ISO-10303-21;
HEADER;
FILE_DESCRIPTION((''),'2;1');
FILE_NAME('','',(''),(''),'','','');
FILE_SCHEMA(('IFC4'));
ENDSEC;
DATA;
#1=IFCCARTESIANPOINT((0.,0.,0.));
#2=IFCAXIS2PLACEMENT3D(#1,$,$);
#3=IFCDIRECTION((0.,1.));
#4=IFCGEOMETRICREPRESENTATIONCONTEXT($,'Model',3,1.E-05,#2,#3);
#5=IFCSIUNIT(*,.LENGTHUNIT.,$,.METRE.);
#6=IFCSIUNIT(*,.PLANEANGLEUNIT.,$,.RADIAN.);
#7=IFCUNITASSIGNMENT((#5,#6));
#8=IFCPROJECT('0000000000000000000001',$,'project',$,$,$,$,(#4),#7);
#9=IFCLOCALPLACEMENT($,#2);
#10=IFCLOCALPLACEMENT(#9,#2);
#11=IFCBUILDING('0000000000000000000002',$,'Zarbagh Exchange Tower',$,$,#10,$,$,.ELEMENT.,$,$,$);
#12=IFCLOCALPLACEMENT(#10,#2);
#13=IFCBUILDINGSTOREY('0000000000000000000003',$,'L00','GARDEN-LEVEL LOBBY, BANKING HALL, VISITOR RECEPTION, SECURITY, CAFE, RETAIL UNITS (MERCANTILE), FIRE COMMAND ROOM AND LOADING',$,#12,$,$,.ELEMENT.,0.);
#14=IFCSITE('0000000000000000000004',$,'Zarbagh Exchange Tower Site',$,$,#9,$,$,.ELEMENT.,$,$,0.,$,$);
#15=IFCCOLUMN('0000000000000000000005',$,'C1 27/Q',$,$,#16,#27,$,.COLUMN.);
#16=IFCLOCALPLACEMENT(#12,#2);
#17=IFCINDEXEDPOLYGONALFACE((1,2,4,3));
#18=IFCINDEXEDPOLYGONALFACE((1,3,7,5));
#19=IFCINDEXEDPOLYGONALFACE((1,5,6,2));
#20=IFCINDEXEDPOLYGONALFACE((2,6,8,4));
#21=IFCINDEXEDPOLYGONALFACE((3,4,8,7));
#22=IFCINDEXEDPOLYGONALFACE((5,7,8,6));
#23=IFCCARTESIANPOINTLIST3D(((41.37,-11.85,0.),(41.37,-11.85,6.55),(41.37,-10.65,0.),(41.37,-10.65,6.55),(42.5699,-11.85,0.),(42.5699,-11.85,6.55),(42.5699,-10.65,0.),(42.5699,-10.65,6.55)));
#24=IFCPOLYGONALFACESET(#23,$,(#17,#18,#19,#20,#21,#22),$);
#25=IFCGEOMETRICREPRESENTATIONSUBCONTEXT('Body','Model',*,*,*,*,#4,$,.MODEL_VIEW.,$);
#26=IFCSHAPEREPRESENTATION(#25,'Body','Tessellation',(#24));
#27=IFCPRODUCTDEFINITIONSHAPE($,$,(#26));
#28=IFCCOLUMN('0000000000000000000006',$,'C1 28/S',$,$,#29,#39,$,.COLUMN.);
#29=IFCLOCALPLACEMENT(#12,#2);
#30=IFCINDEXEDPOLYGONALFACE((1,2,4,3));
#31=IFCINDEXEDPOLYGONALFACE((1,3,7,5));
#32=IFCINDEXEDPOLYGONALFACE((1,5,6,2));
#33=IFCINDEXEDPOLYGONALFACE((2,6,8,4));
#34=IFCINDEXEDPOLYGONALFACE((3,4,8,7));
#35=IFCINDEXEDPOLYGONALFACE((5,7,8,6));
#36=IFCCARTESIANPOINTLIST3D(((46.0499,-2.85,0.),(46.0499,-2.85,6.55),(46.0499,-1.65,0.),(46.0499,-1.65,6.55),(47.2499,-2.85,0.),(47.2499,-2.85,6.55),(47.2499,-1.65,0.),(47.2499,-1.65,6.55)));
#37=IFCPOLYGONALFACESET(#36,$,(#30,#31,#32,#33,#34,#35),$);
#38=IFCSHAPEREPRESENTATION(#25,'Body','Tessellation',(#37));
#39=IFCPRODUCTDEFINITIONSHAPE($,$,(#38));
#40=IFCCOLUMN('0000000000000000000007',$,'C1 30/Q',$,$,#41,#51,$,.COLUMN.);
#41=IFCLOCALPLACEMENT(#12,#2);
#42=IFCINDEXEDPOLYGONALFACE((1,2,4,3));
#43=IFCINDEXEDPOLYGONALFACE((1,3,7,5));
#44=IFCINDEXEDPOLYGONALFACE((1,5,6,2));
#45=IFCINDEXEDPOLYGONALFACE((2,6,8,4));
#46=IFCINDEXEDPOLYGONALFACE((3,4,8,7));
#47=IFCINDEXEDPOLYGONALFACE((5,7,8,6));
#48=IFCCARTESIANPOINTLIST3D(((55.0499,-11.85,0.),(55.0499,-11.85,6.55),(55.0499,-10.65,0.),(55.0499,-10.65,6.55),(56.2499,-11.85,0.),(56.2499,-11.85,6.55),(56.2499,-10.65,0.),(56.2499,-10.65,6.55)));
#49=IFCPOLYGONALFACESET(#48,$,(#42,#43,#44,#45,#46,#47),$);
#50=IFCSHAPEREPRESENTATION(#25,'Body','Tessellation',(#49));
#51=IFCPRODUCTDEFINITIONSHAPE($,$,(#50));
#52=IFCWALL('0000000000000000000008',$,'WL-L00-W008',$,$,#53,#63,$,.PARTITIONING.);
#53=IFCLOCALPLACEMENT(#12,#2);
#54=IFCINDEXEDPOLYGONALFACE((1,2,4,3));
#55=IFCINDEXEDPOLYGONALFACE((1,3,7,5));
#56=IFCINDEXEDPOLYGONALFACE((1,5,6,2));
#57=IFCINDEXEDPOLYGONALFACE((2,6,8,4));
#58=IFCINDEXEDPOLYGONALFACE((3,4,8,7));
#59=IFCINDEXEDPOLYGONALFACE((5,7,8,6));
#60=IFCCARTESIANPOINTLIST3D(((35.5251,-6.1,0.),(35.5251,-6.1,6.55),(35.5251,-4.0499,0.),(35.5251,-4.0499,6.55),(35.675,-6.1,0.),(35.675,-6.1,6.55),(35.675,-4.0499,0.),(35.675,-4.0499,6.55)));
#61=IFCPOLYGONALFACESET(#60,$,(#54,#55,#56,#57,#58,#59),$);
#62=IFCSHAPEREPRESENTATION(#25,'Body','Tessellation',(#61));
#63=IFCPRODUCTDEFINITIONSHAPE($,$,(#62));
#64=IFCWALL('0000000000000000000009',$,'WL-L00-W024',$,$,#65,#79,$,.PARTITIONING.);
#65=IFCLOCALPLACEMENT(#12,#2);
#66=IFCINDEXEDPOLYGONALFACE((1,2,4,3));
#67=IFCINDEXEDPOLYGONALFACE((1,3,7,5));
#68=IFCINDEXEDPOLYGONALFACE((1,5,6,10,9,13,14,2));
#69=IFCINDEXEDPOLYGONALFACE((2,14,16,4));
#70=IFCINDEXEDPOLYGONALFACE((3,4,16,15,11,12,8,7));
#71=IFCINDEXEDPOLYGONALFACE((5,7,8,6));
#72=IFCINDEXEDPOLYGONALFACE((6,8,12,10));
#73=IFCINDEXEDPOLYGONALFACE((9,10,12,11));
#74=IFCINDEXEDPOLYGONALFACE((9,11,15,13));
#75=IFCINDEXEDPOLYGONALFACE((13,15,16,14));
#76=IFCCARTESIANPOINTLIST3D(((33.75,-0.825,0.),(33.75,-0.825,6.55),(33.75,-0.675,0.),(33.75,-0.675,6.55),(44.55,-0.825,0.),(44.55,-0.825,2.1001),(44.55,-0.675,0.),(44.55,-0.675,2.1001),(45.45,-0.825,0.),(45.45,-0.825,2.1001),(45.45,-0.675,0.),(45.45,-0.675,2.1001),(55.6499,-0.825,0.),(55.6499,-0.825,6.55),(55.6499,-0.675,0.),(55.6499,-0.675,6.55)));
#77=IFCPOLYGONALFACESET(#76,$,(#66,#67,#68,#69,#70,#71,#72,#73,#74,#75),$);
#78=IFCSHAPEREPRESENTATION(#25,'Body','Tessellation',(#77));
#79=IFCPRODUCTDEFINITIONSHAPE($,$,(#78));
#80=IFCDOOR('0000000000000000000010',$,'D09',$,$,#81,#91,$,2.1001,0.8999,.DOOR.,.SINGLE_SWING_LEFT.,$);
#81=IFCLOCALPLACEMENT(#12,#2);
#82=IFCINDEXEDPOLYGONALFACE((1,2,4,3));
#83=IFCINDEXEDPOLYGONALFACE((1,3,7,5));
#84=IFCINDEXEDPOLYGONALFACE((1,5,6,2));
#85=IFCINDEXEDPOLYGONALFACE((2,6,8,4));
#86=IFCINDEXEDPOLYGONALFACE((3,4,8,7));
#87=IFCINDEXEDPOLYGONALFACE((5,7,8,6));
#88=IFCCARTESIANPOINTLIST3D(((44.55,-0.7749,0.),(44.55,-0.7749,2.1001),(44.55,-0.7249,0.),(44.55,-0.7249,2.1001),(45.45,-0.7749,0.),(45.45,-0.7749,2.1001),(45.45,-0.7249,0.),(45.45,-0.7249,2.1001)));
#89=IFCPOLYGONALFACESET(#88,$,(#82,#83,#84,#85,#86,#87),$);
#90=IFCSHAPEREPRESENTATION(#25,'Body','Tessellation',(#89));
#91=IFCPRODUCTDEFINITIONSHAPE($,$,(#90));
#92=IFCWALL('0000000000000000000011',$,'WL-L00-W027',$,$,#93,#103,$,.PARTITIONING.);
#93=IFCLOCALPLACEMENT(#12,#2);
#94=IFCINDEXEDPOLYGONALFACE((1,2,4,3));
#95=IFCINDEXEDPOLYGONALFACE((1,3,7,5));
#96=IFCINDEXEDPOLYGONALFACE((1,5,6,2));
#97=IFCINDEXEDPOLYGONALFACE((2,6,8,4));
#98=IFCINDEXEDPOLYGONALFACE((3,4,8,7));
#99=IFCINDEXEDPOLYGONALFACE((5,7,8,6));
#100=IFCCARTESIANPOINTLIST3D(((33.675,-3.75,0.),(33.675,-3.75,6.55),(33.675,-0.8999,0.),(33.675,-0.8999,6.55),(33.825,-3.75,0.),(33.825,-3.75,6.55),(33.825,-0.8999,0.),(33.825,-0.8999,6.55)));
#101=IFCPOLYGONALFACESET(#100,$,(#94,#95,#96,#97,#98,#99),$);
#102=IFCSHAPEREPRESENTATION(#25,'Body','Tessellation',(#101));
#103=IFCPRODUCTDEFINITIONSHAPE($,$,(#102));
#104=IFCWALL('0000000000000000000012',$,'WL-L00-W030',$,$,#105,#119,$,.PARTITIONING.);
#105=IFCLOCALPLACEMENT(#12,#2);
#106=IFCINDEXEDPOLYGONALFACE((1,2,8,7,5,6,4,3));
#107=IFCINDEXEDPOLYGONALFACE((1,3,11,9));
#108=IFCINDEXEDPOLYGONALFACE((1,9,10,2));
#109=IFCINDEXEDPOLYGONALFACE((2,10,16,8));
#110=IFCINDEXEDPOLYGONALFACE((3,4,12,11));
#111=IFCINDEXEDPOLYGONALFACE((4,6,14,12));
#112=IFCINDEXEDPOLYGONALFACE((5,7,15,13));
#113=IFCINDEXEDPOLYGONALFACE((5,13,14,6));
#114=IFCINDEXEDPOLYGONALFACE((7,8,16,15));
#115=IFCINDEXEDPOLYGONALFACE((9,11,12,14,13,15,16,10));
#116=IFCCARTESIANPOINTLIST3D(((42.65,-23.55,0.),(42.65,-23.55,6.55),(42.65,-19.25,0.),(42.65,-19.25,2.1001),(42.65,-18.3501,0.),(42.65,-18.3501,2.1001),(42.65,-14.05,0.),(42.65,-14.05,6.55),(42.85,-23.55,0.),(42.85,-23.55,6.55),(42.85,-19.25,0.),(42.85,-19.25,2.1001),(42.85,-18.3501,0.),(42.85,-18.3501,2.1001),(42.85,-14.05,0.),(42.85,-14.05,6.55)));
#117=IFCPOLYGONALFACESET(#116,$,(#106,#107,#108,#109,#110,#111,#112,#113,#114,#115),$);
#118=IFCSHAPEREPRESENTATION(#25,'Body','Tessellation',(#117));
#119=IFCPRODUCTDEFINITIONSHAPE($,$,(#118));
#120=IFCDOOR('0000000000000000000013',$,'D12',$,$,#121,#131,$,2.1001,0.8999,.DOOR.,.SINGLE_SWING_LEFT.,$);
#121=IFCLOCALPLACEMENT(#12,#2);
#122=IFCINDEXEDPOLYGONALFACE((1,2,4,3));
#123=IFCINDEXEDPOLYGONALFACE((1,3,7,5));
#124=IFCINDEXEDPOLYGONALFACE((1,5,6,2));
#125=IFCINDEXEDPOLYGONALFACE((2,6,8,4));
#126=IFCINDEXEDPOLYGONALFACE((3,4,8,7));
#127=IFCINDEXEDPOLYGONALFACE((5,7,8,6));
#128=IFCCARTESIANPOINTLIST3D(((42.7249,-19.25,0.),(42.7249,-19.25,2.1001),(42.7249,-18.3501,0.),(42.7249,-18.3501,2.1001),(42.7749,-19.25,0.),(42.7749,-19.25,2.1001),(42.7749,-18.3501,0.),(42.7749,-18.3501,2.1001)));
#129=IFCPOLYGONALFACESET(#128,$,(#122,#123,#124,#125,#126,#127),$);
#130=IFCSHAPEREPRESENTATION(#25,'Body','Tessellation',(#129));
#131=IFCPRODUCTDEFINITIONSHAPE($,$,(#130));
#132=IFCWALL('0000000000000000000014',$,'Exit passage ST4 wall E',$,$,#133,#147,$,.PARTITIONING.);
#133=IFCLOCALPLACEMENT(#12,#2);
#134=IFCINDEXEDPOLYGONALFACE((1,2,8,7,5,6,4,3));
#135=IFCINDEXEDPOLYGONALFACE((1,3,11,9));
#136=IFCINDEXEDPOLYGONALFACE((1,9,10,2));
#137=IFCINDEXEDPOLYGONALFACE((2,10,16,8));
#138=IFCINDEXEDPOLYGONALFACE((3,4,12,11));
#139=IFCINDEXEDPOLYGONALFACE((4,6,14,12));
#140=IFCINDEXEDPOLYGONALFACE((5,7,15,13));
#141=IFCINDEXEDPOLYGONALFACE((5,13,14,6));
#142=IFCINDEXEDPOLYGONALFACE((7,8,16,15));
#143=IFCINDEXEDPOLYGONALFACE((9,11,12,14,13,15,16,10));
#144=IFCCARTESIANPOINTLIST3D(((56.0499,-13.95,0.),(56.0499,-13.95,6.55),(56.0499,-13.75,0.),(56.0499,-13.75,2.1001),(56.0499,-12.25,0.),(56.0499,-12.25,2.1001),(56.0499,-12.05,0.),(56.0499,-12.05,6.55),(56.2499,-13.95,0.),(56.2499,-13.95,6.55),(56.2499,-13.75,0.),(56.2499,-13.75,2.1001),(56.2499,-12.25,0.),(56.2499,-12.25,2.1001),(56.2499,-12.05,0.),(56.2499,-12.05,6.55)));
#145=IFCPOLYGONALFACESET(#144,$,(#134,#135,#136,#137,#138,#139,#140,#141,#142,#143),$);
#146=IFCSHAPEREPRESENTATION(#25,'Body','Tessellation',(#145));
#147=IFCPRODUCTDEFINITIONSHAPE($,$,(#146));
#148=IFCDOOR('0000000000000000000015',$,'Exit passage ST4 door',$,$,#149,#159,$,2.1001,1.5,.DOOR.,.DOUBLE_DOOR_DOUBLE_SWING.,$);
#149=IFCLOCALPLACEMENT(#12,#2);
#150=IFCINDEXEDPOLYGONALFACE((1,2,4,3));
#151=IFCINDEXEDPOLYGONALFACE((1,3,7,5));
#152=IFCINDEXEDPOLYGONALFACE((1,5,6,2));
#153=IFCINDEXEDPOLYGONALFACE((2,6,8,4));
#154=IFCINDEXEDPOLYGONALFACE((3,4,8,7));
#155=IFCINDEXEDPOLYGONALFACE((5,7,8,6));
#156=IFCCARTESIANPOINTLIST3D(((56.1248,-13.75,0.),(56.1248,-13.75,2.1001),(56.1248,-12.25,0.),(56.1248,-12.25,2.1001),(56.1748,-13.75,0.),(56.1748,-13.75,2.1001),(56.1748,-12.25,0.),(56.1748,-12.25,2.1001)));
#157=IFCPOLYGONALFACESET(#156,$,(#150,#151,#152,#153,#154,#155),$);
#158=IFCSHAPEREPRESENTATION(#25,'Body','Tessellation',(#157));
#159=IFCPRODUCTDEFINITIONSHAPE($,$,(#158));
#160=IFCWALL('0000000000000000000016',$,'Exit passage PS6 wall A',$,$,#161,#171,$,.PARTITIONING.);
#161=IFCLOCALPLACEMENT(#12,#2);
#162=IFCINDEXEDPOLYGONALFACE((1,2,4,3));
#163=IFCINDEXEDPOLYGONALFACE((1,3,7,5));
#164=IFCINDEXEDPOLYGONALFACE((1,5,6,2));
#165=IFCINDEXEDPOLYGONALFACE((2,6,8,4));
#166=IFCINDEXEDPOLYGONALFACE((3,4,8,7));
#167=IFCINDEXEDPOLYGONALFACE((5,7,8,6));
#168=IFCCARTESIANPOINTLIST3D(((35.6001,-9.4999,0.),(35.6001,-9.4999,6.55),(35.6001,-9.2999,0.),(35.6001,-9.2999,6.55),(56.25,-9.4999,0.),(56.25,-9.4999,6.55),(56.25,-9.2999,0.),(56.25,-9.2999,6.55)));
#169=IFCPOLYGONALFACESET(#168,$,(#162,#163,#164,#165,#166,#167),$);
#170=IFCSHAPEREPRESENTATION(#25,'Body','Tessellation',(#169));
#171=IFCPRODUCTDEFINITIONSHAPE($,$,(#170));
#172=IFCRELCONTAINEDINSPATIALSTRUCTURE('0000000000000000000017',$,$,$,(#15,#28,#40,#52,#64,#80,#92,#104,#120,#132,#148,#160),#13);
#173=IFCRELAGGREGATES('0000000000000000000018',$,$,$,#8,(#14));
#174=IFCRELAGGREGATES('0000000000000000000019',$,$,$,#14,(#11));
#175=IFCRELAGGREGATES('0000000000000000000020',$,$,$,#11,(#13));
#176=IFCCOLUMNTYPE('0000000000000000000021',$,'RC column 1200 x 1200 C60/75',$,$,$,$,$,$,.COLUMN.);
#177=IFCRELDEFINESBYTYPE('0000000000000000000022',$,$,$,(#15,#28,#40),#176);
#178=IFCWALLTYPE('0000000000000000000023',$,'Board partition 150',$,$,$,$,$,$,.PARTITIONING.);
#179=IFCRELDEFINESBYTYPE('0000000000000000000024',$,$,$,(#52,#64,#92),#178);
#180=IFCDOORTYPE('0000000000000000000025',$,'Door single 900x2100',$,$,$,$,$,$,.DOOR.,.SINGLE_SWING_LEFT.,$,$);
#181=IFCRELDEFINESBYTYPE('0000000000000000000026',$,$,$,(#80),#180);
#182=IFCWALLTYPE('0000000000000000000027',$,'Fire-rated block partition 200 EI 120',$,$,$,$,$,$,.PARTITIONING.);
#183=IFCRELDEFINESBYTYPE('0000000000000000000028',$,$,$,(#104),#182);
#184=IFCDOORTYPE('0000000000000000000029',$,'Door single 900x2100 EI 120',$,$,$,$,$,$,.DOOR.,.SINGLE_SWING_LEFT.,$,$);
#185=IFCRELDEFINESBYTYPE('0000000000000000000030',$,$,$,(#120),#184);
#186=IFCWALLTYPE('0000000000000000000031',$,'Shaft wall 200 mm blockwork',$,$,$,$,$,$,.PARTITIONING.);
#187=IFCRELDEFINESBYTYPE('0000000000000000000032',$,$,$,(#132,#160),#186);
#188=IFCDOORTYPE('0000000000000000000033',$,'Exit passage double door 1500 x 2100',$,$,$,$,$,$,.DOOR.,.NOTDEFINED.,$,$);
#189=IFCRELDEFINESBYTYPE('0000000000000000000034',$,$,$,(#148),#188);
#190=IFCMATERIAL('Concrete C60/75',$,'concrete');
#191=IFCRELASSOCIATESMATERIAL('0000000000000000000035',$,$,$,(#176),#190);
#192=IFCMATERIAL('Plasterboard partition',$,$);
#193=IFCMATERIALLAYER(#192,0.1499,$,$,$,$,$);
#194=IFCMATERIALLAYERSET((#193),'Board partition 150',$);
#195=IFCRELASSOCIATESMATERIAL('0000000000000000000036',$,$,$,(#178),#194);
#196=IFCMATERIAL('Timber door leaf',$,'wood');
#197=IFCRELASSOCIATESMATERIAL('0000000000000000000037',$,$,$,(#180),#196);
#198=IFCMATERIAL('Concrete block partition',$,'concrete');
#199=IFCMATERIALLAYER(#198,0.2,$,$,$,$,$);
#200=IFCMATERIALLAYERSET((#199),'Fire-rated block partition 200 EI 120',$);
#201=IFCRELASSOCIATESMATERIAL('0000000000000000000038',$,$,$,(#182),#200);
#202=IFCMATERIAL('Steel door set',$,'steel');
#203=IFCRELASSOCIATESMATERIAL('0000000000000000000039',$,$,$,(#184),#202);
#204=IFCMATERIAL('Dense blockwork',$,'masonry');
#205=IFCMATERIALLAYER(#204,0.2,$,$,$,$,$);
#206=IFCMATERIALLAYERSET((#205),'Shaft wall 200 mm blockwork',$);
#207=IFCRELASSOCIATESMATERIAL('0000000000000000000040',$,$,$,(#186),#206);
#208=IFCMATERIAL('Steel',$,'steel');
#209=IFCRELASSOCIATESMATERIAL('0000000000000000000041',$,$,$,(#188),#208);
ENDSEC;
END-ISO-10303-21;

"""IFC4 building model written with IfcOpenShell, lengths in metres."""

from ifc_helpers import new_model, si_unit, direction, frame, frame_2d, origin, origin_2d, place, context, subcontext, project, spatial, rectangle, extrude, material, layer, layer_set, material_profile, profile_set, type_object, element, fill, save


model = new_model("IFC4")

# Units and contexts
model_context = context("Model", 3, precision=1e-05, world=origin(), true_north=direction((0.0, 1.0)))
body_context = subcontext(model_context, "Body", "Model", "MODEL_VIEW")
ifc_project = project(units=[si_unit("LENGTHUNIT", "METRE"), si_unit("PLANEANGLEUNIT", "RADIAN")], contexts=[model_context])

# Site, building, storey
site_placement = place(None, origin())
site = spatial("IfcSite", under=ifc_project, at=site_placement, Name="Zarbagh Exchange Tower Site", CompositionType="ELEMENT", RefElevation=0.0)
building_placement = place(site_placement, origin())
building = spatial("IfcBuilding", under=site, at=building_placement, Name="Zarbagh Exchange Tower", CompositionType="ELEMENT")
storey_placement = place(building_placement, origin())
storey = spatial("IfcBuildingStorey", under=building, at=storey_placement, Name="L00", Description="GARDEN-LEVEL LOBBY, BANKING HALL, VISITOR RECEPTION, SECURITY, CAFE, RETAIL UNITS (MERCANTILE), FIRE COMMAND ROOM AND LOADING", CompositionType="ELEMENT", Elevation=0.0)

# Columns
ifc_material_1 = material(Name="Concrete C60/75", Category="concrete")
ifc_material_profile = material_profile(ifc_material_1, rectangle(XDim=1.2, YDim=1.2, at=origin_2d()), Name="RC column 1200 x 1200 C60/75")
ifc_profile_set = profile_set([ifc_material_profile], Name="Concrete C60/75")
column_type = type_object("IfcColumnType", Name="RC column 1200 x 1200 C60/75", PredefinedType="COLUMN", material=ifc_profile_set)
for number, where, z_axis, x_axis, name in (
    (1, (41.97, -11.25, 0.0), (0.0, 0.0, 1.0), (1.0, 0.0, 0.0), "C1 27/Q"),
    (2, (46.6499, -2.25, 0.0), (0.0, 0.0, 1.0), (1.0, 0.0, 0.0), "C1 28/S"),
    (3, (55.6499, -11.25, 0.0), (0.0, 0.0, 1.0), (1.0, 0.0, 0.0), "C1 30/Q"),
):
    element("IfcColumn", number, at=place(storey_placement, frame(where, z_axis=z_axis, x_axis=x_axis)), inside=storey, type_object=column_type, Name=name, PredefinedType="COLUMN", context=body_context, shape_type="SweptSolid", body=[
        extrude(rectangle(XDim=1.2, YDim=1.2, at=origin_2d()), origin(), (0.0, 0.0, 1.0), 6.55),
    ])

# Wall
ifc_material_2 = material(Name="Plasterboard partition")
ifc_layer_1 = layer(ifc_material_2, 0.1499)
ifc_layer_set_1 = layer_set([ifc_layer_1], Name="Board partition 150")
wall_type_1 = type_object("IfcWallType", Name="Board partition 150", PredefinedType="PARTITIONING", material=ifc_layer_set_1)
wall_1_placement = place(storey_placement, frame((35.6001, -4.05, 0.0), z_axis=(0.0, 0.0, 1.0), x_axis=(0.0, -1.0, 0.0)))
element("IfcWall", 4, at=wall_1_placement, inside=storey, type_object=wall_type_1, Name="WL-L00-W008", PredefinedType="PARTITIONING", context=body_context, shape_type="SweptSolid", body=[
    extrude(rectangle(XDim=2.05, YDim=0.1499, at=frame_2d((1.0249, 0.0))), origin(), (0.0, 0.0, 1.0), 6.55),
])

# Wall, opening, door
wall_2_placement = place(storey_placement, frame((55.6499, -0.75, 0.0), z_axis=(0.0, 0.0, 1.0), x_axis=(-1.0, 0.0, 0.0)))
wall_2 = element("IfcWall", 5, at=wall_2_placement, inside=storey, type_object=wall_type_1, Name="WL-L00-W024", PredefinedType="PARTITIONING", context=body_context, shape_type="SweptSolid", body=[
    extrude(rectangle(XDim=21.8999, YDim=0.1499, at=frame_2d((10.95, 0.0))), origin(), (0.0, 0.0, 1.0), 6.55),
])
opening_1_placement = place(wall_2_placement, frame((10.2, 0.0, 0.0)))
opening_1 = element("IfcOpeningElement", 6, at=opening_1_placement, cuts=wall_2, PredefinedType="OPENING", context=body_context, shape_type="SweptSolid", body=[
    extrude(rectangle(XDim=0.8999, YDim=2.1001, at=frame_2d((0.45, 1.05))), frame((0.0, 0.085, 0.0), z_axis=(0.0, -1.0, 0.0), x_axis=(1.0, 0.0, 0.0)), (0.0, 0.0, 1.0), 0.1699),
])
ifc_material_3 = material(Name="Timber door leaf", Category="wood")
door_type_1 = type_object("IfcDoorType", Name="Door single 900x2100", OperationType="SINGLE_SWING_LEFT", PredefinedType="DOOR", material=ifc_material_3)
door_1_placement = place(opening_1_placement, origin())
door_1 = element("IfcDoor", 7, at=door_1_placement, inside=storey, type_object=door_type_1, Name="D09", OperationType="SINGLE_SWING_LEFT", OverallHeight=2.1001, OverallWidth=0.8999, PredefinedType="DOOR", context=body_context, shape_type="SweptSolid", body=[
    extrude(rectangle(XDim=0.8999, YDim=2.1001, at=frame_2d((0.45, 1.05))), frame((0.0, 0.0249, 0.0), z_axis=(0.0, -1.0, 0.0), x_axis=(1.0, 0.0, 0.0)), (0.0, 0.0, 1.0), 0.05),
])
fill(opening_1, door_1)

# Wall
wall_3_placement = place(storey_placement, frame((33.75, -3.75, 0.0), z_axis=(0.0, 0.0, 1.0), x_axis=(0.0, 1.0, 0.0)))
element("IfcWall", 8, at=wall_3_placement, inside=storey, type_object=wall_type_1, Name="WL-L00-W027", PredefinedType="PARTITIONING", context=body_context, shape_type="SweptSolid", body=[
    extrude(rectangle(XDim=2.8501, YDim=0.1499, at=frame_2d((1.425, 0.0))), origin(), (0.0, 0.0, 1.0), 6.55),
])

# Walls, openings, doors
ifc_material_4 = material(Name="Concrete block partition", Category="concrete")
ifc_layer_2 = layer(ifc_material_4, 0.2)
ifc_layer_set_2 = layer_set([ifc_layer_2], Name="Fire-rated block partition 200 EI 120")
wall_type_2 = type_object("IfcWallType", Name="Fire-rated block partition 200 EI 120", PredefinedType="PARTITIONING", material=ifc_layer_set_2)
wall_4_placement = place(storey_placement, frame((42.75, -14.05, 0.0), z_axis=(0.0, 0.0, 1.0), x_axis=(0.0, -1.0, 0.0)))
wall_4 = element("IfcWall", 9, at=wall_4_placement, inside=storey, type_object=wall_type_2, Name="WL-L00-W030", PredefinedType="PARTITIONING", context=body_context, shape_type="SweptSolid", body=[
    extrude(rectangle(XDim=9.5, YDim=0.2, at=frame_2d((4.75, 0.0))), origin(), (0.0, 0.0, 1.0), 6.55),
])
opening_2_placement = place(wall_4_placement, frame((4.3, 0.0, 0.0)))
opening_2 = element("IfcOpeningElement", 10, at=opening_2_placement, cuts=wall_4, PredefinedType="OPENING", context=body_context, shape_type="SweptSolid", body=[
    extrude(rectangle(XDim=0.8999, YDim=2.1001, at=frame_2d((0.45, 1.05))), frame((0.0, 0.1099, 0.0), z_axis=(0.0, -1.0, 0.0), x_axis=(1.0, 0.0, 0.0)), (0.0, 0.0, 1.0), 0.22),
])
ifc_material_5 = material(Name="Steel door set", Category="steel")
door_type_2 = type_object("IfcDoorType", Name="Door single 900x2100 EI 120", OperationType="SINGLE_SWING_LEFT", PredefinedType="DOOR", material=ifc_material_5)
door_2_placement = place(opening_2_placement, origin())
door_2 = element("IfcDoor", 11, at=door_2_placement, inside=storey, type_object=door_type_2, Name="D12", OperationType="SINGLE_SWING_LEFT", OverallHeight=2.1001, OverallWidth=0.8999, PredefinedType="DOOR", context=body_context, shape_type="SweptSolid", body=[
    extrude(rectangle(XDim=0.8999, YDim=2.1001, at=frame_2d((0.45, 1.05))), frame((0.0, 0.0249, 0.0), z_axis=(0.0, -1.0, 0.0), x_axis=(1.0, 0.0, 0.0)), (0.0, 0.0, 1.0), 0.05),
])
fill(opening_2, door_2)
ifc_material_6 = material(Name="Dense blockwork", Category="masonry")
ifc_layer_3 = layer(ifc_material_6, 0.2)
ifc_layer_set_3 = layer_set([ifc_layer_3], Name="Shaft wall 200 mm blockwork")
wall_type_3 = type_object("IfcWallType", Name="Shaft wall 200 mm blockwork", PredefinedType="PARTITIONING", material=ifc_layer_set_3)
wall_5_placement = place(storey_placement, frame((56.1499, -12.05, 0.0), z_axis=(0.0, 0.0, 1.0), x_axis=(0.0, -1.0, 0.0)))
wall_5 = element("IfcWall", 12, at=wall_5_placement, inside=storey, type_object=wall_type_3, Name="Exit passage ST4 wall E", PredefinedType="PARTITIONING", context=body_context, shape_type="SweptSolid", body=[
    extrude(rectangle(XDim=1.8999, YDim=0.2, at=frame_2d((0.95, 0.0))), origin(), (0.0, 0.0, 1.0), 6.55),
])
opening_3_placement = place(wall_5_placement, frame((0.2, 0.0, 0.0)))
opening_3 = element("IfcOpeningElement", 13, at=opening_3_placement, cuts=wall_5, PredefinedType="OPENING", context=body_context, shape_type="SweptSolid", body=[
    extrude(rectangle(XDim=1.5, YDim=2.1001, at=frame_2d((0.75, 1.05))), frame((0.0, 0.1099, 0.0), z_axis=(0.0, -1.0, 0.0), x_axis=(1.0, 0.0, 0.0)), (0.0, 0.0, 1.0), 0.22),
])
ifc_material_7 = material(Name="Steel", Category="steel")
door_type_3 = type_object("IfcDoorType", Name="Exit passage double door 1500 x 2100", OperationType="NOTDEFINED", PredefinedType="DOOR", material=ifc_material_7)
door_3_placement = place(opening_3_placement, origin())
door_3 = element("IfcDoor", 14, at=door_3_placement, inside=storey, type_object=door_type_3, Name="Exit passage ST4 door", OperationType="DOUBLE_DOOR_DOUBLE_SWING", OverallHeight=2.1001, OverallWidth=1.5, PredefinedType="DOOR", context=body_context, shape_type="SweptSolid", body=[
    extrude(rectangle(XDim=1.5, YDim=2.1001, at=frame_2d((0.75, 1.05))), frame((0.0, 0.0249, 0.0), z_axis=(0.0, -1.0, 0.0), x_axis=(1.0, 0.0, 0.0)), (0.0, 0.0, 1.0), 0.05),
])
fill(opening_3, door_3)

# Wall
for number, where, z_axis, x_axis, name in (
    (15, (35.6001, -9.3999, 0.0), (0.0, 0.0, 1.0), (1.0, 0.0, 0.0), "Exit passage PS6 wall A"),
):
    element("IfcWall", number, at=place(storey_placement, frame(where, z_axis=z_axis, x_axis=x_axis)), inside=storey, type_object=wall_type_3, Name=name, PredefinedType="PARTITIONING", context=body_context, shape_type="SweptSolid", body=[
        extrude(rectangle(XDim=20.6499, YDim=0.2, at=frame_2d((10.325, 0.0))), origin(), (0.0, 0.0, 1.0), 6.55),
    ])

save(model, "model.ifc")
